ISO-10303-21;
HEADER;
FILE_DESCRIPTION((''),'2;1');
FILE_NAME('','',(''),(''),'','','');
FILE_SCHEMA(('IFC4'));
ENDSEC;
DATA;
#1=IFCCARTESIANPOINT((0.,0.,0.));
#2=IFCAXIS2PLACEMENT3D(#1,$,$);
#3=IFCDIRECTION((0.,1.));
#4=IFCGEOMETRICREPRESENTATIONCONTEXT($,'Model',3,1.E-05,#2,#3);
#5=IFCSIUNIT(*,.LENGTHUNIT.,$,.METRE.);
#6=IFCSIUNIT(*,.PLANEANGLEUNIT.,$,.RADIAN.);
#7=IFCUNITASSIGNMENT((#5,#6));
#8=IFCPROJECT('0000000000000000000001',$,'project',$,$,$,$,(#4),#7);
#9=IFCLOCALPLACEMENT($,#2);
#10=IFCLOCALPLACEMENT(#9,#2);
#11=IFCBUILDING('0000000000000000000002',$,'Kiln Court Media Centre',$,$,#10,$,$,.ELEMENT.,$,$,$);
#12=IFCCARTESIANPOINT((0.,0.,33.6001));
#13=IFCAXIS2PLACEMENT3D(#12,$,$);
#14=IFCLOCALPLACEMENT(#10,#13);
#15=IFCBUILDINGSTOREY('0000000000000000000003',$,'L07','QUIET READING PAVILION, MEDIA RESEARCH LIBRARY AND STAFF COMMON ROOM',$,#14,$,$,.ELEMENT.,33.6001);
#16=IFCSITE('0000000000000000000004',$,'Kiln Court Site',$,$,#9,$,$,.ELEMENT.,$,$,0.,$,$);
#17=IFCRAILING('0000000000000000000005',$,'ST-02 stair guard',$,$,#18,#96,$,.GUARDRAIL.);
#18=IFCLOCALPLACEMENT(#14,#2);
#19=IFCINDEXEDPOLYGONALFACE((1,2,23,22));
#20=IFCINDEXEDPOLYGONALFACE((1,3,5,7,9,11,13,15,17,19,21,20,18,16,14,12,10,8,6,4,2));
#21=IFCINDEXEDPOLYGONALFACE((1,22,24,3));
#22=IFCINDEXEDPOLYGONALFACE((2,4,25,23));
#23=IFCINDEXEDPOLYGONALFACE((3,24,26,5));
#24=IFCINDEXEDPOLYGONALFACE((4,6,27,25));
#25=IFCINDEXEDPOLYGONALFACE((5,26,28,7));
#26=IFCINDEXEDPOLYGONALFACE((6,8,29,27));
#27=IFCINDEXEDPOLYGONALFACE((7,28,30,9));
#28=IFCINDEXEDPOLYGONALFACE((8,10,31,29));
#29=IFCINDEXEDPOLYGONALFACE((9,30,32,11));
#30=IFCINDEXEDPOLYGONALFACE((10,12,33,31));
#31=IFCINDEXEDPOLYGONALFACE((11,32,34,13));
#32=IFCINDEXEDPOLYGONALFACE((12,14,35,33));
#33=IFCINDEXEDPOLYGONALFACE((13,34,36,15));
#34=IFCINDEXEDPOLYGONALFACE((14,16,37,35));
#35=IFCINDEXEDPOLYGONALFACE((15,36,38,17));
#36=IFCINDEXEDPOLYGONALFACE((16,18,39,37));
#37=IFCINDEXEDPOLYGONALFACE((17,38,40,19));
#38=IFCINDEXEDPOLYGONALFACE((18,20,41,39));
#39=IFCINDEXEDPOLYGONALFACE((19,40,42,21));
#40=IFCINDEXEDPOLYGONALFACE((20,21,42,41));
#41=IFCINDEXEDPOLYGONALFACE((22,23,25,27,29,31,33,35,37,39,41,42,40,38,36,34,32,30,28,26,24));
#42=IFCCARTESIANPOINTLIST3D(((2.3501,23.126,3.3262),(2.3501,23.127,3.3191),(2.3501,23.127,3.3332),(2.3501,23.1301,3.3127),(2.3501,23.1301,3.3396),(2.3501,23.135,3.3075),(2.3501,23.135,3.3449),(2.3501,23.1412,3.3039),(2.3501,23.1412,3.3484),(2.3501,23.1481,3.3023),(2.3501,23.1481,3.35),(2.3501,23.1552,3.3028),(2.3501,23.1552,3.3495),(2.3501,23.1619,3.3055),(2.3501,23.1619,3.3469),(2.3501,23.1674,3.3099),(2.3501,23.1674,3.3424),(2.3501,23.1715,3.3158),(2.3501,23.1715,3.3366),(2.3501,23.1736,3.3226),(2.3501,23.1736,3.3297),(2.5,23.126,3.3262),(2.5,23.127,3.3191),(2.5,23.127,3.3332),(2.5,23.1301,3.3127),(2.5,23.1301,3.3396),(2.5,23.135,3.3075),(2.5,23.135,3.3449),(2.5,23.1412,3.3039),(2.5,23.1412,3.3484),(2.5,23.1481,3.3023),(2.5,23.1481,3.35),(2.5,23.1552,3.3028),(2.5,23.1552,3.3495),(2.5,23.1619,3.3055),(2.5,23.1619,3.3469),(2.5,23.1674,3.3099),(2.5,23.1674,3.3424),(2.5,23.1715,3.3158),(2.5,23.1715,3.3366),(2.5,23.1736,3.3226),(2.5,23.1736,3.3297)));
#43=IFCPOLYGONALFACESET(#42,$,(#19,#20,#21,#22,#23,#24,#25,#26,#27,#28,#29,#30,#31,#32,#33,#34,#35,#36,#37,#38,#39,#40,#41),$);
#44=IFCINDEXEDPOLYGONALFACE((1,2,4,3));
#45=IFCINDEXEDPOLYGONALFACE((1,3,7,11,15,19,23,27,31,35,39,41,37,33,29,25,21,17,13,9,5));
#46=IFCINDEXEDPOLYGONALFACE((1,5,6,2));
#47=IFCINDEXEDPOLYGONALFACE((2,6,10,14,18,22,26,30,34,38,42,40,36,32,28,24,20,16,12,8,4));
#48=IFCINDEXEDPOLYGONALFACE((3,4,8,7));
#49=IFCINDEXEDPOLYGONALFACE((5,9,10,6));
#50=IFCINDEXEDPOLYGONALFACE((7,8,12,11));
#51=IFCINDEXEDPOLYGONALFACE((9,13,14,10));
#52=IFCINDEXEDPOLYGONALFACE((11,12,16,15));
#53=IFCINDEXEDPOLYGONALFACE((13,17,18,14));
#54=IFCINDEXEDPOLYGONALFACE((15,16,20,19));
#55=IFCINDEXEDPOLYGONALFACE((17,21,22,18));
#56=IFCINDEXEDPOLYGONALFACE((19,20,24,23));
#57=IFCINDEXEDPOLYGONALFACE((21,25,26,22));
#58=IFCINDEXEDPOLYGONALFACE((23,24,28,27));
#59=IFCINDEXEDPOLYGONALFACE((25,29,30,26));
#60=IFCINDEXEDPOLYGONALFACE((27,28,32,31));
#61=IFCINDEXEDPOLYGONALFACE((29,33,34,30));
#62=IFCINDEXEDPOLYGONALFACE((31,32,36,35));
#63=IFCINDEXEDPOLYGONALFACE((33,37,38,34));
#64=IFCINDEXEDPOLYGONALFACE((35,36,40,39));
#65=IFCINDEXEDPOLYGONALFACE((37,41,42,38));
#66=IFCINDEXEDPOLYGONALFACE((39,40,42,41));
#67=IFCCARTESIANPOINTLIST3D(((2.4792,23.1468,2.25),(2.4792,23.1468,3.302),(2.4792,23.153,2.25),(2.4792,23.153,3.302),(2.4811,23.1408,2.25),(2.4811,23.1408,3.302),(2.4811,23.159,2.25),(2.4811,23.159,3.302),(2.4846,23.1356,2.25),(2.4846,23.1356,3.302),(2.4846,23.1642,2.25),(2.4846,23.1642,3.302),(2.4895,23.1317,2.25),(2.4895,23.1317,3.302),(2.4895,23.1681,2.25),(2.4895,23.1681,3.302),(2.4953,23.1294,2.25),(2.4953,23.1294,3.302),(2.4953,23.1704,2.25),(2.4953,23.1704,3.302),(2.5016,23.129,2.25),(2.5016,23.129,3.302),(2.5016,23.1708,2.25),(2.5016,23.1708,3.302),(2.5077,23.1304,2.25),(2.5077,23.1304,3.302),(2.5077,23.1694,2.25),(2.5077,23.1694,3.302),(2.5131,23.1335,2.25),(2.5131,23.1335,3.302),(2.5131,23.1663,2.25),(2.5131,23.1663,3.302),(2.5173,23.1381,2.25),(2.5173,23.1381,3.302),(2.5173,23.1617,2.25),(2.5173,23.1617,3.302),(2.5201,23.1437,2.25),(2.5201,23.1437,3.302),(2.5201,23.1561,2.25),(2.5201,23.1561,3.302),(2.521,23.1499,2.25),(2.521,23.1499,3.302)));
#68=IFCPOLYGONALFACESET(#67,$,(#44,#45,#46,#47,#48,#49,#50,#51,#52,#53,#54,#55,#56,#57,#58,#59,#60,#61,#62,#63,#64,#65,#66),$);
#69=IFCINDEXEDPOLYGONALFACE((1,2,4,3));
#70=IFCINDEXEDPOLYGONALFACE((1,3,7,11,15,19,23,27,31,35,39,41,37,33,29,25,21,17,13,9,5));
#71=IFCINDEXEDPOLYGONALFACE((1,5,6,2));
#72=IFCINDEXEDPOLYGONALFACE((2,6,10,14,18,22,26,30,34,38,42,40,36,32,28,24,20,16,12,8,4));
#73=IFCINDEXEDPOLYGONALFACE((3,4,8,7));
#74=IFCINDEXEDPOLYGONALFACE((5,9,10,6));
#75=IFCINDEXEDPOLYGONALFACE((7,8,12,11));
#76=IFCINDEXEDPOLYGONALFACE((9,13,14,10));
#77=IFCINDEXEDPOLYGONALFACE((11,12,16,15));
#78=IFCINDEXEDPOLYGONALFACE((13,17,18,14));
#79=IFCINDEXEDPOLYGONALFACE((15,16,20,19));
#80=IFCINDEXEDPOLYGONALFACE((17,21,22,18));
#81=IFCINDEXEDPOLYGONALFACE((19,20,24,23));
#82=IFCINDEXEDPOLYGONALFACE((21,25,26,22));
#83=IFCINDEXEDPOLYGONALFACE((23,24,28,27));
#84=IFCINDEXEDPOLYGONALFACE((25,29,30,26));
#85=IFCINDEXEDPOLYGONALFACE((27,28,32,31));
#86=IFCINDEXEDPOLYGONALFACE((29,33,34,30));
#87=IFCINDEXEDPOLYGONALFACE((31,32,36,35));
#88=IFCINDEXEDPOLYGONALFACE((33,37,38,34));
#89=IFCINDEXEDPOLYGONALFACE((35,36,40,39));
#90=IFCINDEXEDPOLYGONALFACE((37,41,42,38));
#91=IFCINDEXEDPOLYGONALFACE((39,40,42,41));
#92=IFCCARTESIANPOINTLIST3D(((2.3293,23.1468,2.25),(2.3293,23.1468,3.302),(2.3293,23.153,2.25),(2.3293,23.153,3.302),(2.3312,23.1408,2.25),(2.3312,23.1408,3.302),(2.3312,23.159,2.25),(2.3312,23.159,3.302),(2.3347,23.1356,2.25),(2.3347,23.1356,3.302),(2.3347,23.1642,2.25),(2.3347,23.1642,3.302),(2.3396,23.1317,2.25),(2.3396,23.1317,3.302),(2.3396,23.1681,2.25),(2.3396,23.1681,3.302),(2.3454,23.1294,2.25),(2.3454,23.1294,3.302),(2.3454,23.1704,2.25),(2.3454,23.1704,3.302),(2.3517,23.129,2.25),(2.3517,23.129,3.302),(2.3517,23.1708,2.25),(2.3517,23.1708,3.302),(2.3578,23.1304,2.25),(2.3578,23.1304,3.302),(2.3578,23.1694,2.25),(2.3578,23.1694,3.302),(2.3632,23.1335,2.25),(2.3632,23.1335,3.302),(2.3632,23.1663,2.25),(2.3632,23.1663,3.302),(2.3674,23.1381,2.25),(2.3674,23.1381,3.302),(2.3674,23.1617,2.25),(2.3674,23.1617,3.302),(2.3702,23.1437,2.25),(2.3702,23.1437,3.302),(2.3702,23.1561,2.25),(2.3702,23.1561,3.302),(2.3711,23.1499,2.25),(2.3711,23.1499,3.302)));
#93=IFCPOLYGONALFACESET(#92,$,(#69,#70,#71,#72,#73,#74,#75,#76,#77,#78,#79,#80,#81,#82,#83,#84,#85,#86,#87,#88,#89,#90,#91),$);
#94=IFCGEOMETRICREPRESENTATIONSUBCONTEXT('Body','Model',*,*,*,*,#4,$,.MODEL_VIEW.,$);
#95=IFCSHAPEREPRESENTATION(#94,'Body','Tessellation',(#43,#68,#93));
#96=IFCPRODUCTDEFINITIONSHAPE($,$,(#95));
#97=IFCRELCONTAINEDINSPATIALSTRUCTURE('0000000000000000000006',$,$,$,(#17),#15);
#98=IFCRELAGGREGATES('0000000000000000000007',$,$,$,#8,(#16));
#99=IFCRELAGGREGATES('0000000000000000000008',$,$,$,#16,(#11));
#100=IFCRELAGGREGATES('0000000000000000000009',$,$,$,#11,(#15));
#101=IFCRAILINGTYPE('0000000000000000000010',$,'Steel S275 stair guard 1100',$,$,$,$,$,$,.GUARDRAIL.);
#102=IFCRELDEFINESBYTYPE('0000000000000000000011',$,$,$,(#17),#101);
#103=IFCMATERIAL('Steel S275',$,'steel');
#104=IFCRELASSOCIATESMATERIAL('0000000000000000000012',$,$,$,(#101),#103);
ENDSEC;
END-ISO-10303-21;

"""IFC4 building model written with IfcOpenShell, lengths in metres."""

from ifc_helpers import new_model, si_unit, direction, frame, origin, origin_2d, place, context, subcontext, project, spatial, circle, extrude, material, type_object, element, save


model = new_model("IFC4")

# Units and contexts
model_context = context("Model", 3, precision=1e-05, world=origin(), true_north=direction((0.0, 1.0)))
body_context = subcontext(model_context, "Body", "Model", "MODEL_VIEW")
ifc_project = project(units=[si_unit("LENGTHUNIT", "METRE"), si_unit("PLANEANGLEUNIT", "RADIAN")], contexts=[model_context])

# Site, building, storey
site_placement = place(None, origin())
site = spatial("IfcSite", under=ifc_project, at=site_placement, Name="Kiln Court Site", CompositionType="ELEMENT", RefElevation=0.0)
building_placement = place(site_placement, origin())
building = spatial("IfcBuilding", under=site, at=building_placement, Name="Kiln Court Media Centre", CompositionType="ELEMENT")
storey_placement = place(building_placement, frame((0.0, 0.0, 33.6001)))
storey = spatial("IfcBuildingStorey", under=building, at=storey_placement, Name="L07", Description="QUIET READING PAVILION, MEDIA RESEARCH LIBRARY AND STAFF COMMON ROOM", CompositionType="ELEMENT", Elevation=33.6001)

# Railing
ifc_material_1 = material(Name="Steel S275", Category="steel")
railing_type_1 = type_object("IfcRailingType", Name="Steel S275 stair guard 1100", PredefinedType="GUARDRAIL", material=ifc_material_1)
railing_1_placement = place(storey_placement, frame((2.5, 23.1499, 2.25)))
element("IfcRailing", 1, at=railing_1_placement, inside=storey, type_object=railing_type_1, Name="ST-02 stair guard", PredefinedType="GUARDRAIL", context=body_context, shape_type="SweptSolid", body=[
    extrude(circle(Radius=0.0239, at=origin_2d()), frame((0.0, 0.0, 1.0762), z_axis=(-1.0, 0.0, 0.0), x_axis=(0.0, -1.0, 0.0)), (0.0, 0.0, 1.0), 0.1499),
    extrude(circle(Radius=0.021, at=origin_2d()), origin(), (0.0, 0.0, 1.0), 1.052),
    extrude(circle(Radius=0.021, at=origin_2d()), frame((-0.1499, 0.0, 0.0)), (0.0, 0.0, 1.0), 1.052),
])

save(model, "model.ifc")
